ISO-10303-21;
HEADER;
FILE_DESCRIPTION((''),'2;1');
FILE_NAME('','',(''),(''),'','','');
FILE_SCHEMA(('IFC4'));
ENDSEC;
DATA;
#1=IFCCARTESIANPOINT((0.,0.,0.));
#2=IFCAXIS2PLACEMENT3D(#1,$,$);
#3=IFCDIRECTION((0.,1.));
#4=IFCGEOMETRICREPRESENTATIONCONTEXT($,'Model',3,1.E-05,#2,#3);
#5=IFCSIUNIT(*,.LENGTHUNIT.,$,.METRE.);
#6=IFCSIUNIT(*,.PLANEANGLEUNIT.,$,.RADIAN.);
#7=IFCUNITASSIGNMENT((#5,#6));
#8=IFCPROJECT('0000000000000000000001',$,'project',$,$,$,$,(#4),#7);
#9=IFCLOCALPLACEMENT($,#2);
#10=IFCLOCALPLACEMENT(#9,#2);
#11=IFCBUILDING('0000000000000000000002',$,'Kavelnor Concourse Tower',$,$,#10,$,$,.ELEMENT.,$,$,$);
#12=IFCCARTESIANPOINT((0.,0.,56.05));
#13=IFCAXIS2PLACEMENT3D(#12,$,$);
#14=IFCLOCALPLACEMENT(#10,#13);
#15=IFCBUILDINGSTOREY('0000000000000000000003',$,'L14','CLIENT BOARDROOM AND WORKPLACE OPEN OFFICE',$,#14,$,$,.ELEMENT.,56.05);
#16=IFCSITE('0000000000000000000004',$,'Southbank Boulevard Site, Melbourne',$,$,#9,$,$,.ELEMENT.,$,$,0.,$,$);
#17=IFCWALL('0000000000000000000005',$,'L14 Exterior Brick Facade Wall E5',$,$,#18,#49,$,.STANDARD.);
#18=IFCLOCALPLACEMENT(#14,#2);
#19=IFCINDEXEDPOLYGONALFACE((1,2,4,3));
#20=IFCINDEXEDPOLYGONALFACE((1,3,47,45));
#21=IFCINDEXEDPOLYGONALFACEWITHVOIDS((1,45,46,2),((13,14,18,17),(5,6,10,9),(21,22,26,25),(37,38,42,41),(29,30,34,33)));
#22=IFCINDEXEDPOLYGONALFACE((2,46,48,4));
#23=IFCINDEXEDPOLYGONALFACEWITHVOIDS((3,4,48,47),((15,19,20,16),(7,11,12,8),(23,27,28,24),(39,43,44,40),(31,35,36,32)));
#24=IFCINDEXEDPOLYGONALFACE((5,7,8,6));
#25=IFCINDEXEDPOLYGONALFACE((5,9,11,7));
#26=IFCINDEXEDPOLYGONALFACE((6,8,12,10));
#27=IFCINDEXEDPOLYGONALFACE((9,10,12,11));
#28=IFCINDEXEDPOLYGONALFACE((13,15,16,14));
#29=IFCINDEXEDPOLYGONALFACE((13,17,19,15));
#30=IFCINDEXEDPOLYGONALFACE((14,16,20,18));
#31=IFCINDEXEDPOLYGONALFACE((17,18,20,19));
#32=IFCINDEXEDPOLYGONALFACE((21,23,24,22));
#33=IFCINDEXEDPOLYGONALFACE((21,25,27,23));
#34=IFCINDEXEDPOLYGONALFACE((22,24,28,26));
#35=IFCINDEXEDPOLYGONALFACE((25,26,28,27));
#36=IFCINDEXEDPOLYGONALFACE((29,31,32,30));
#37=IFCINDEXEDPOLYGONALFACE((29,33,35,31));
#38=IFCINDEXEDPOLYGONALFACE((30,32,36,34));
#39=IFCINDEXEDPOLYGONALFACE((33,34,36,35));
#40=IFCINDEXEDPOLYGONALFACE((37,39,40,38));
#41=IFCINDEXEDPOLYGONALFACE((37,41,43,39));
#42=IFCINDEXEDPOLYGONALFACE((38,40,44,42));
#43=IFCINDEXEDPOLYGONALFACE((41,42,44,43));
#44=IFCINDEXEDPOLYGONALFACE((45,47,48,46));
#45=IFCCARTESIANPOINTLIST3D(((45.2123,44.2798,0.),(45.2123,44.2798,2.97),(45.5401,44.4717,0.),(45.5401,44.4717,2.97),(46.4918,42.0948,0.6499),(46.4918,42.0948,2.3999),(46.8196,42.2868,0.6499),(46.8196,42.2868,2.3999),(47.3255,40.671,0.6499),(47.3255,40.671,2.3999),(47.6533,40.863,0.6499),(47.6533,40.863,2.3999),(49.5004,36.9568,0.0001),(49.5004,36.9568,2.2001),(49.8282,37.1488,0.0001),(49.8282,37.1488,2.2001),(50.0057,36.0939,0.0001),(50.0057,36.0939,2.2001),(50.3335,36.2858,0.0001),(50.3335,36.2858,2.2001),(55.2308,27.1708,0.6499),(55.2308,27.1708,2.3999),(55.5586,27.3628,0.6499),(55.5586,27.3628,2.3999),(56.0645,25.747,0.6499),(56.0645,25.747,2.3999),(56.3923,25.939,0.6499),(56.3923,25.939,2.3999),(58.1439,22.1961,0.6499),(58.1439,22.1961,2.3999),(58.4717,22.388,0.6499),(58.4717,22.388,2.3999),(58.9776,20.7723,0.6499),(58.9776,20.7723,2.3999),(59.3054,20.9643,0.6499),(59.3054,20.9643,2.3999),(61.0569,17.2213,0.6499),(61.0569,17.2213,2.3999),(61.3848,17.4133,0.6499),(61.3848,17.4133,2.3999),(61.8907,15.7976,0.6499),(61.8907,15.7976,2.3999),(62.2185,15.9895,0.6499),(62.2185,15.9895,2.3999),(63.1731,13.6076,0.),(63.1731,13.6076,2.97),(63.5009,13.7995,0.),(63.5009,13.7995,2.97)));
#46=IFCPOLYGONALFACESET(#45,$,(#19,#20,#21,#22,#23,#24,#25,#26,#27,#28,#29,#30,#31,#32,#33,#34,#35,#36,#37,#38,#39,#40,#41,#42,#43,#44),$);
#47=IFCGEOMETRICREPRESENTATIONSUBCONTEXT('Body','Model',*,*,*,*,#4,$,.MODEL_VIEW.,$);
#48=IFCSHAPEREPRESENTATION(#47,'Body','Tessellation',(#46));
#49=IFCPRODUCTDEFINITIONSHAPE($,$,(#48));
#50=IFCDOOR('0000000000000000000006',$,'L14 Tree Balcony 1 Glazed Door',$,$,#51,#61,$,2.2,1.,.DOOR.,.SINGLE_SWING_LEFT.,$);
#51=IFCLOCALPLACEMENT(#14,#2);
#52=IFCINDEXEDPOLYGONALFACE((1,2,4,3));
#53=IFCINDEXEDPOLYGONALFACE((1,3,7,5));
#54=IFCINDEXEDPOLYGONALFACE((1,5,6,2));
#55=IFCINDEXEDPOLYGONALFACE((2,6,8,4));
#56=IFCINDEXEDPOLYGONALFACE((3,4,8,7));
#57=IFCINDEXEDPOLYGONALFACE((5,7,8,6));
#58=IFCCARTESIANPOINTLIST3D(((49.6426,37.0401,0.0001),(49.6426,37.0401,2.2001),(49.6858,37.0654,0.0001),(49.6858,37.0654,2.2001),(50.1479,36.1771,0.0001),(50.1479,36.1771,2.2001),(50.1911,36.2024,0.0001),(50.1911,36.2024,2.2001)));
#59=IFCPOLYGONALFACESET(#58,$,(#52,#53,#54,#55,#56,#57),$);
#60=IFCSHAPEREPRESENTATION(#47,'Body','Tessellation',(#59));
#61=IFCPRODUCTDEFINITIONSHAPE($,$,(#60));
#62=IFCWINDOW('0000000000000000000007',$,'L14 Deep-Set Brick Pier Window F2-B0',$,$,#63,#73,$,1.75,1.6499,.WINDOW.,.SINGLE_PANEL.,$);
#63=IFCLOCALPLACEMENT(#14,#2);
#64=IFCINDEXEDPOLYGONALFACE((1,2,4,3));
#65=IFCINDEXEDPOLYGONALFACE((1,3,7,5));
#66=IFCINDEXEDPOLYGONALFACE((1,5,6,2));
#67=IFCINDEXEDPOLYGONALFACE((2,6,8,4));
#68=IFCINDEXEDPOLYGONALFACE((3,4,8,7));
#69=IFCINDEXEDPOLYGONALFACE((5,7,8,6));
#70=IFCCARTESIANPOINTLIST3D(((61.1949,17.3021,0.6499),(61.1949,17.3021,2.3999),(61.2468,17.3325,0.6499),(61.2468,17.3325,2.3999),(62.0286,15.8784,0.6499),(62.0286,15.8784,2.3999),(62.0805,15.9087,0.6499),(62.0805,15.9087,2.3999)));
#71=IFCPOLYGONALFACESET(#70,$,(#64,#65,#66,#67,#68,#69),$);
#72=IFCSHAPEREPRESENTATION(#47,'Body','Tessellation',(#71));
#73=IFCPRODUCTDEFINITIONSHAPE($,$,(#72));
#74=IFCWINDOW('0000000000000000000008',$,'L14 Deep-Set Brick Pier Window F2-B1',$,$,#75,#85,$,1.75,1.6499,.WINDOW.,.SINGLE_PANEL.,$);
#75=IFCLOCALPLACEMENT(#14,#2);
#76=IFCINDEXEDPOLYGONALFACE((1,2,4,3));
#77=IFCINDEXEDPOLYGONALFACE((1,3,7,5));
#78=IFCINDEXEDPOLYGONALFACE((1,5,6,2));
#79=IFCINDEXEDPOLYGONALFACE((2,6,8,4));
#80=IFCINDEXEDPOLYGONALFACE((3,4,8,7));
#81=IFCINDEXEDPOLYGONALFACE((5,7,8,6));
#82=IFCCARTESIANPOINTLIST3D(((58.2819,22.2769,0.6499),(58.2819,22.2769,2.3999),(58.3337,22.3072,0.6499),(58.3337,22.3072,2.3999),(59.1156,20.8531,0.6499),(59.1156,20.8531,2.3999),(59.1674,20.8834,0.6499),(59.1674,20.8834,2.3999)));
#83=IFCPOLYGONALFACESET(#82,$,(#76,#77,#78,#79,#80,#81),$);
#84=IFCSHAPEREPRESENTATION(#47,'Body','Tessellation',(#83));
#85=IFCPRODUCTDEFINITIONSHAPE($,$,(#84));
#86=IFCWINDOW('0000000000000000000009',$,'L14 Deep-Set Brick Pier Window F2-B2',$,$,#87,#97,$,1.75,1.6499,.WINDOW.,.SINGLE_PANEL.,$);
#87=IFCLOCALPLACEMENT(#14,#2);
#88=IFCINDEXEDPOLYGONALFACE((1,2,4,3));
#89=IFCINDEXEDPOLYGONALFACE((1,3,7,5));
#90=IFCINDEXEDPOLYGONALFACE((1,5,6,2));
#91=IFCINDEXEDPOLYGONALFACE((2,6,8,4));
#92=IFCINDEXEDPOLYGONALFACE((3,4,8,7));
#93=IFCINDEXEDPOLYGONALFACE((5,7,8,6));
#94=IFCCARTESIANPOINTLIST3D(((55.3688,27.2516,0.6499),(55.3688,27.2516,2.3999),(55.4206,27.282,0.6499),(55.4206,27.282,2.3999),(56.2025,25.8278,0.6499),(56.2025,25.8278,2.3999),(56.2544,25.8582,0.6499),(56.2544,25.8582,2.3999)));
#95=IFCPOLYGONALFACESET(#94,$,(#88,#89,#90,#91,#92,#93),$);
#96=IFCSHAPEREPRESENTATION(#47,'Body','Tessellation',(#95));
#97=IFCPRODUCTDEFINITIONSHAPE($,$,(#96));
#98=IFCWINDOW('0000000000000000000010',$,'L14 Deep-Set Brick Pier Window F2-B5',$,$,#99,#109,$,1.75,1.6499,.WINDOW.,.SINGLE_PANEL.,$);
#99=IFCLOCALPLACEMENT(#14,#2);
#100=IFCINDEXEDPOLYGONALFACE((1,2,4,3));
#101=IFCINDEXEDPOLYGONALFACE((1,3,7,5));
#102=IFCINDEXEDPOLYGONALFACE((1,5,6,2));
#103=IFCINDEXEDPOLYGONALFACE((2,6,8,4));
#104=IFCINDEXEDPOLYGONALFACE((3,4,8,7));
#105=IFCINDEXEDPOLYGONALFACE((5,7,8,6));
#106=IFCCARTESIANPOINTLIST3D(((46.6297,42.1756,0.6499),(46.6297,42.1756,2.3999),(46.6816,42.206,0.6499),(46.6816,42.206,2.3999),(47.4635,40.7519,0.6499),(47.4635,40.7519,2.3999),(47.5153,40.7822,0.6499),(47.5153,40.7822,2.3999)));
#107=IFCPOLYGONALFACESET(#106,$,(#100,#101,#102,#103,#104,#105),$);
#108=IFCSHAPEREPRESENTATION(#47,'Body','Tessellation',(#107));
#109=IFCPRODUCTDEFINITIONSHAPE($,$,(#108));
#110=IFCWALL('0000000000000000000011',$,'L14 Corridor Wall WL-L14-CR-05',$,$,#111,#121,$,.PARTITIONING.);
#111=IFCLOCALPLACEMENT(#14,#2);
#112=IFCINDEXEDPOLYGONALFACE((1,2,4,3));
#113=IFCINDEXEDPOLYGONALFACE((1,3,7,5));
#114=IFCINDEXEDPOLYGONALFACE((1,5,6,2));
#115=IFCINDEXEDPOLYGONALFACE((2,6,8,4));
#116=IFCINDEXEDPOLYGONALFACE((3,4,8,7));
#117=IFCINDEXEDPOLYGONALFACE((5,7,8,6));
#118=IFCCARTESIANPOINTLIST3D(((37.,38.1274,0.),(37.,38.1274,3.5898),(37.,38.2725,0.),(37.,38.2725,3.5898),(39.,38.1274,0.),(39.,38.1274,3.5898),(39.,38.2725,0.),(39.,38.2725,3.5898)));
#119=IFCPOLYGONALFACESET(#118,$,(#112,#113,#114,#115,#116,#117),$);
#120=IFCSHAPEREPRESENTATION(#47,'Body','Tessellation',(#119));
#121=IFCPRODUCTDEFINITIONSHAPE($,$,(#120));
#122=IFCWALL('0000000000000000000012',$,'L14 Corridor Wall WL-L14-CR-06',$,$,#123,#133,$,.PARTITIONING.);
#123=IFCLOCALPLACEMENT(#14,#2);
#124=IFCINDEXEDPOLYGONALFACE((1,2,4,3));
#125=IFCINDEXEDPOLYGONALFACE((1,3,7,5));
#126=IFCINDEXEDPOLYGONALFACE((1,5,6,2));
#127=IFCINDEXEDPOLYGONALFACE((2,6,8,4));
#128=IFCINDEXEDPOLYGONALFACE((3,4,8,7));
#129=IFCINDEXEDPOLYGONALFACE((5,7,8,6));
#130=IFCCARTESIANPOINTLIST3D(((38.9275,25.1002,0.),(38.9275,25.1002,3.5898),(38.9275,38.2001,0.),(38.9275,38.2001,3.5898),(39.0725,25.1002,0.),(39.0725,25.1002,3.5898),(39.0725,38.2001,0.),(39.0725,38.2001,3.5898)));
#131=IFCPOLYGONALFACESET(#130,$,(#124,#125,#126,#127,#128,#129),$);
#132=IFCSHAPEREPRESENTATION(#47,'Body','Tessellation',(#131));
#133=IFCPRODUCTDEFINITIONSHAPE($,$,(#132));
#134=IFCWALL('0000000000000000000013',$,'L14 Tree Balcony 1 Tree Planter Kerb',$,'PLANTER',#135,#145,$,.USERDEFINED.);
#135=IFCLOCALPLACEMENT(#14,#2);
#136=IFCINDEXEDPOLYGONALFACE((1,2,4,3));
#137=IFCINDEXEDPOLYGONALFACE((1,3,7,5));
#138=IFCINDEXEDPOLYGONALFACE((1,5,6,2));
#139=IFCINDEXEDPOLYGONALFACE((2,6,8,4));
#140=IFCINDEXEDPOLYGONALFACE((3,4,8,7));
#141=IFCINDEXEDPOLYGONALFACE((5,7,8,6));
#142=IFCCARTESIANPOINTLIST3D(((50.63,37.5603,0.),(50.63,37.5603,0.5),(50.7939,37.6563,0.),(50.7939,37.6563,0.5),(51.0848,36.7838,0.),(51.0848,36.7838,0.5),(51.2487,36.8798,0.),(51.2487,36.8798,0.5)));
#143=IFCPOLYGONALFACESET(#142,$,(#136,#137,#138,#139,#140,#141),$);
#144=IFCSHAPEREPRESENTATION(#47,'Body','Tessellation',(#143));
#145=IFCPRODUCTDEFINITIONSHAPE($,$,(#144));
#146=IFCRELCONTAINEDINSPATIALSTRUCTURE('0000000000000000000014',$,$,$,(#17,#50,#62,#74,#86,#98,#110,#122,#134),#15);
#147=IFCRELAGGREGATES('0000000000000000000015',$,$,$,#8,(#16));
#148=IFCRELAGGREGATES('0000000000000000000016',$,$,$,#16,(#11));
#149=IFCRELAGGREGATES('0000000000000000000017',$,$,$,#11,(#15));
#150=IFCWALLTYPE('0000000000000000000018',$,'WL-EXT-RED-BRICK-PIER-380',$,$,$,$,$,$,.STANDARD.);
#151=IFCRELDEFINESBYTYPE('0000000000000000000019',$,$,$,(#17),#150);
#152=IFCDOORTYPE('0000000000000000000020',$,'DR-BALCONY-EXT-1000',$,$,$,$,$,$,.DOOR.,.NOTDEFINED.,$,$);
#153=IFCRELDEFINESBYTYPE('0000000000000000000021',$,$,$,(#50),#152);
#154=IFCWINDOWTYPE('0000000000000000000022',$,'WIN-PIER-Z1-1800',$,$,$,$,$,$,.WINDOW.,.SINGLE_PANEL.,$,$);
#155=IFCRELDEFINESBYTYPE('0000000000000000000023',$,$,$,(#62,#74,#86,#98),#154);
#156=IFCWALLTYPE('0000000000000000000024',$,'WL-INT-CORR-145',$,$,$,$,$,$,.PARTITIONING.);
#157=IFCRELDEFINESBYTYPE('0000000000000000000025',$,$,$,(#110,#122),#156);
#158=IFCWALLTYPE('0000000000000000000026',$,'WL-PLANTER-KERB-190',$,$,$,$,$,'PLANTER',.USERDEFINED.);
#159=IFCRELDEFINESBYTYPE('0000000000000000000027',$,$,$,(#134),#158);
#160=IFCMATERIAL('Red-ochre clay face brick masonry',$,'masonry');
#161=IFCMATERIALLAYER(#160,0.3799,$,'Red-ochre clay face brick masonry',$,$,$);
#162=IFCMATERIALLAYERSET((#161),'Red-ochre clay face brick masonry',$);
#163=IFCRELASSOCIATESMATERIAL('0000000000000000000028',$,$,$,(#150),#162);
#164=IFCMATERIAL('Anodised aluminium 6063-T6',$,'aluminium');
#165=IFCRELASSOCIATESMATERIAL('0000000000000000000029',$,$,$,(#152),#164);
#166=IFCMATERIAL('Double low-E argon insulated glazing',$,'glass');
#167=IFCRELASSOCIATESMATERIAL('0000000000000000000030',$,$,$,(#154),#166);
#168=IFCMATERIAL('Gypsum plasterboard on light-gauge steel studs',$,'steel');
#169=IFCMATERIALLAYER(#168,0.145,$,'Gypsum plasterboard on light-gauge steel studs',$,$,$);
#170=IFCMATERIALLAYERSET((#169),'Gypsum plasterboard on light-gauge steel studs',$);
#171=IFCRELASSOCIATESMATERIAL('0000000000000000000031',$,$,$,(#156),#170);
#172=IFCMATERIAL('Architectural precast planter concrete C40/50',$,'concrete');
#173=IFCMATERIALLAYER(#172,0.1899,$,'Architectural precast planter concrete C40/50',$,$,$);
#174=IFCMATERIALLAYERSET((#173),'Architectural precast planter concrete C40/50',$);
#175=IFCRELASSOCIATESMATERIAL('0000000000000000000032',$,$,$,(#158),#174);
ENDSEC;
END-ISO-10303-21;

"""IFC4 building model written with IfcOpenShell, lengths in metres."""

from ifc_helpers import new_model, si_unit, direction, frame, frame_2d, origin, place, context, subcontext, project, spatial, rectangle, extrude, material, layer, layer_set, type_object, element, fill, save


model = new_model("IFC4")

# Units and contexts
model_context = context("Model", 3, precision=1e-05, world=origin(), true_north=direction((0.0, 1.0)))
body_context = subcontext(model_context, "Body", "Model", "MODEL_VIEW")
ifc_project = project(units=[si_unit("LENGTHUNIT", "METRE"), si_unit("PLANEANGLEUNIT", "RADIAN")], contexts=[model_context])

# Site, building, storey
site_placement = place(None, origin())
site = spatial("IfcSite", under=ifc_project, at=site_placement, Name="Southbank Boulevard Site, Melbourne", CompositionType="ELEMENT", RefElevation=0.0)
building_placement = place(site_placement, origin())
building = spatial("IfcBuilding", under=site, at=building_placement, Name="Kavelnor Concourse Tower", CompositionType="ELEMENT")
storey_placement = place(building_placement, frame((0.0, 0.0, 56.05)))
storey = spatial("IfcBuildingStorey", under=building, at=storey_placement, Name="L14", Description="CLIENT BOARDROOM AND WORKPLACE OPEN OFFICE", CompositionType="ELEMENT", Elevation=56.05)

# Wall, openings, door, windows
ifc_material_1 = material(Name="Red-ochre clay face brick masonry", Category="masonry")
ifc_layer_1 = layer(ifc_material_1, 0.3799, Name="Red-ochre clay face brick masonry")
ifc_layer_set_1 = layer_set([ifc_layer_1], Name="Red-ochre clay face brick masonry")
wall_type_1 = type_object("IfcWallType", Name="WL-EXT-RED-BRICK-PIER-380", PredefinedType="STANDARD", material=ifc_layer_set_1)
wall_1_placement = place(storey_placement, frame((45.3762, 44.3757, 0.0), z_axis=(0.0, 0.0, 1.0), x_axis=(0.505311, -0.862937, 0.0)))
wall_1 = element("IfcWall", 1, at=wall_1_placement, inside=storey, type_object=wall_type_1, Name="L14 Exterior Brick Facade Wall E5", PredefinedType="STANDARD", context=body_context, shape_type="SweptSolid", body=[
    extrude(rectangle(XDim=35.5439, YDim=0.3799, at=frame_2d((17.772, 0.0))), origin(), (0.0, 0.0, 1.0), 2.97),
])
opening_1_placement = place(wall_1_placement, frame((8.4861, 0.0, 0.0)))
opening_1 = element("IfcOpeningElement", 2, at=opening_1_placement, cuts=wall_1, PredefinedType="OPENING", context=body_context, shape_type="SweptSolid", body=[
    extrude(rectangle(XDim=1.0, YDim=2.2, at=frame_2d((0.5, 1.1001))), frame((0.0, 0.2, 0.0), z_axis=(0.0, -1.0, 0.0), x_axis=(1.0, 0.0, 0.0)), (0.0, 0.0, 1.0), 0.3999),
])
opening_2_placement = place(wall_1_placement, frame((31.3562, 0.0, 0.6499)))
opening_2 = element("IfcOpeningElement", 3, at=opening_2_placement, cuts=wall_1, PredefinedType="OPENING", context=body_context, shape_type="SweptSolid", body=[
    extrude(rectangle(XDim=1.6499, YDim=1.75, at=frame_2d((0.825, 0.875))), frame((0.0, 0.2, 0.0), z_axis=(0.0, -1.0, 0.0), x_axis=(1.0, 0.0, 0.0)), (0.0, 0.0, 1.0), 0.3999),
])
opening_3_placement = place(wall_1_placement, frame((25.5913, 0.0, 0.6499)))
opening_3 = element("IfcOpeningElement", 4, at=opening_3_placement, cuts=wall_1, PredefinedType="OPENING", context=body_context, shape_type="SweptSolid", body=[
    extrude(rectangle(XDim=1.6499, YDim=1.75, at=frame_2d((0.825, 0.875))), frame((0.0, 0.2, 0.0), z_axis=(0.0, -1.0, 0.0), x_axis=(1.0, 0.0, 0.0)), (0.0, 0.0, 1.0), 0.3999),
])
opening_4_placement = place(wall_1_placement, frame((19.8264, 0.0, 0.6499)))
opening_4 = element("IfcOpeningElement", 5, at=opening_4_placement, cuts=wall_1, PredefinedType="OPENING", context=body_context, shape_type="SweptSolid", body=[
    extrude(rectangle(XDim=1.6499, YDim=1.75, at=frame_2d((0.825, 0.875))), frame((0.0, 0.2, 0.0), z_axis=(0.0, -1.0, 0.0), x_axis=(1.0, 0.0, 0.0)), (0.0, 0.0, 1.0), 0.3999),
])
opening_5_placement = place(wall_1_placement, frame((2.532, 0.0, 0.6499)))
opening_5 = element("IfcOpeningElement", 6, at=opening_5_placement, cuts=wall_1, PredefinedType="OPENING", context=body_context, shape_type="SweptSolid", body=[
    extrude(rectangle(XDim=1.6499, YDim=1.75, at=frame_2d((0.825, 0.875))), frame((0.0, 0.2, 0.0), z_axis=(0.0, -1.0, 0.0), x_axis=(1.0, 0.0, 0.0)), (0.0, 0.0, 1.0), 0.3999),
])
ifc_material_2 = material(Name="Anodised aluminium 6063-T6", Category="aluminium")
door_type = type_object("IfcDoorType", Name="DR-BALCONY-EXT-1000", OperationType="NOTDEFINED", PredefinedType="DOOR", material=ifc_material_2)
door_placement = place(opening_1_placement, origin())
door = element("IfcDoor", 7, at=door_placement, inside=storey, type_object=door_type, Name="L14 Tree Balcony 1 Glazed Door", OperationType="SINGLE_SWING_LEFT", OverallHeight=2.2, OverallWidth=1.0, PredefinedType="DOOR", context=body_context, shape_type="SweptSolid", body=[
    extrude(rectangle(XDim=1.0, YDim=2.2, at=frame_2d((0.5, 1.1001))), frame((0.0, 0.0249, 0.0), z_axis=(0.0, -1.0, 0.0), x_axis=(1.0, 0.0, 0.0)), (0.0, 0.0, 1.0), 0.05),
])
fill(opening_1, door)
ifc_material_3 = material(Name="Double low-E argon insulated glazing", Category="glass")
window_type = type_object("IfcWindowType", Name="WIN-PIER-Z1-1800", PartitioningType="SINGLE_PANEL", PredefinedType="WINDOW", material=ifc_material_3)
window_1_placement = place(opening_2_placement, origin())
window_1 = element("IfcWindow", 8, at=window_1_placement, inside=storey, type_object=window_type, Name="L14 Deep-Set Brick Pier Window F2-B0", OverallHeight=1.75, OverallWidth=1.6499, PartitioningType="SINGLE_PANEL", PredefinedType="WINDOW", context=body_context, shape_type="SweptSolid", body=[
    extrude(rectangle(XDim=1.6499, YDim=1.75, at=frame_2d((0.825, 0.875))), frame((0.0, 0.03, 0.0), z_axis=(0.0, -1.0, 0.0), x_axis=(1.0, 0.0, 0.0)), (0.0, 0.0, 1.0), 0.0601),
])
fill(opening_2, window_1)
window_2_placement = place(opening_3_placement, origin())
window_2 = element("IfcWindow", 9, at=window_2_placement, inside=storey, type_object=window_type, Name="L14 Deep-Set Brick Pier Window F2-B1", OverallHeight=1.75, OverallWidth=1.6499, PartitioningType="SINGLE_PANEL", PredefinedType="WINDOW", context=body_context, shape_type="SweptSolid", body=[
    extrude(rectangle(XDim=1.6499, YDim=1.75, at=frame_2d((0.825, 0.875))), frame((0.0, 0.03, 0.0), z_axis=(0.0, -1.0, 0.0), x_axis=(1.0, 0.0, 0.0)), (0.0, 0.0, 1.0), 0.0601),
])
fill(opening_3, window_2)
window_3_placement = place(opening_4_placement, origin())
window_3 = element("IfcWindow", 10, at=window_3_placement, inside=storey, type_object=window_type, Name="L14 Deep-Set Brick Pier Window F2-B2", OverallHeight=1.75, OverallWidth=1.6499, PartitioningType="SINGLE_PANEL", PredefinedType="WINDOW", context=body_context, shape_type="SweptSolid", body=[
    extrude(rectangle(XDim=1.6499, YDim=1.75, at=frame_2d((0.825, 0.875))), frame((0.0, 0.03, 0.0), z_axis=(0.0, -1.0, 0.0), x_axis=(1.0, 0.0, 0.0)), (0.0, 0.0, 1.0), 0.0601),
])
fill(opening_4, window_3)
window_4_placement = place(opening_5_placement, origin())
window_4 = element("IfcWindow", 11, at=window_4_placement, inside=storey, type_object=window_type, Name="L14 Deep-Set Brick Pier Window F2-B5", OverallHeight=1.75, OverallWidth=1.6499, PartitioningType="SINGLE_PANEL", PredefinedType="WINDOW", context=body_context, shape_type="SweptSolid", body=[
    extrude(rectangle(XDim=1.6499, YDim=1.75, at=frame_2d((0.825, 0.875))), frame((0.0, 0.03, 0.0), z_axis=(0.0, -1.0, 0.0), x_axis=(1.0, 0.0, 0.0)), (0.0, 0.0, 1.0), 0.0601),
])
fill(opening_5, window_4)

# Walls
ifc_material_4 = material(Name="Gypsum plasterboard on light-gauge steel studs", Category="steel")
ifc_layer_2 = layer(ifc_material_4, 0.145, Name="Gypsum plasterboard on light-gauge steel studs")
ifc_layer_set_2 = layer_set([ifc_layer_2], Name="Gypsum plasterboard on light-gauge steel studs")
wall_type_2 = type_object("IfcWallType", Name="WL-INT-CORR-145", PredefinedType="PARTITIONING", material=ifc_layer_set_2)
wall_2_placement = place(storey_placement, frame((37.0, 38.2, 0.0), z_axis=(0.0, 0.0, 1.0), x_axis=(1.0, 0.0, 0.0)))
element("IfcWall", 12, at=wall_2_placement, inside=storey, type_object=wall_type_2, Name="L14 Corridor Wall WL-L14-CR-05", PredefinedType="PARTITIONING", context=body_context, shape_type="SweptSolid", body=[
    extrude(rectangle(XDim=2.0, YDim=0.145, at=frame_2d((1.0, 0.0))), origin(), (0.0, 0.0, 1.0), 3.5898),
])
wall_3_placement = place(storey_placement, frame((39.0, 38.2, 0.0), z_axis=(0.0, 0.0, 1.0), x_axis=(0.0, -1.0, 0.0)))
element("IfcWall", 13, at=wall_3_placement, inside=storey, type_object=wall_type_2, Name="L14 Corridor Wall WL-L14-CR-06", PredefinedType="PARTITIONING", context=body_context, shape_type="SweptSolid", body=[
    extrude(rectangle(XDim=13.0999, YDim=0.145, at=frame_2d((6.5498, 0.0))), origin(), (0.0, 0.0, 1.0), 3.5898),
])
ifc_material_5 = material(Name="Architectural precast planter concrete C40/50", Category="concrete")
ifc_layer_3 = layer(ifc_material_5, 0.1899, Name="Architectural precast planter concrete C40/50")
ifc_layer_set_3 = layer_set([ifc_layer_3], Name="Architectural precast planter concrete C40/50")
wall_type_3 = type_object("IfcWallType", Name="WL-PLANTER-KERB-190", ElementType="PLANTER", PredefinedType="USERDEFINED", material=ifc_layer_set_3)
wall_4_placement = place(storey_placement, frame((51.1667, 36.8318, 0.0), z_axis=(0.0, 0.0, 1.0), x_axis=(-0.505371, 0.862902, 0.0)))
element("IfcWall", 14, at=wall_4_placement, inside=storey, type_object=wall_type_3, Name="L14 Tree Balcony 1 Tree Planter Kerb", ObjectType="PLANTER", PredefinedType="USERDEFINED", context=body_context, shape_type="SweptSolid", body=[
    extrude(rectangle(XDim=0.8999, YDim=0.1899, at=frame_2d((0.45, 0.0))), origin(), (0.0, 0.0, 1.0), 0.5),
])

save(model, "model.ifc")
